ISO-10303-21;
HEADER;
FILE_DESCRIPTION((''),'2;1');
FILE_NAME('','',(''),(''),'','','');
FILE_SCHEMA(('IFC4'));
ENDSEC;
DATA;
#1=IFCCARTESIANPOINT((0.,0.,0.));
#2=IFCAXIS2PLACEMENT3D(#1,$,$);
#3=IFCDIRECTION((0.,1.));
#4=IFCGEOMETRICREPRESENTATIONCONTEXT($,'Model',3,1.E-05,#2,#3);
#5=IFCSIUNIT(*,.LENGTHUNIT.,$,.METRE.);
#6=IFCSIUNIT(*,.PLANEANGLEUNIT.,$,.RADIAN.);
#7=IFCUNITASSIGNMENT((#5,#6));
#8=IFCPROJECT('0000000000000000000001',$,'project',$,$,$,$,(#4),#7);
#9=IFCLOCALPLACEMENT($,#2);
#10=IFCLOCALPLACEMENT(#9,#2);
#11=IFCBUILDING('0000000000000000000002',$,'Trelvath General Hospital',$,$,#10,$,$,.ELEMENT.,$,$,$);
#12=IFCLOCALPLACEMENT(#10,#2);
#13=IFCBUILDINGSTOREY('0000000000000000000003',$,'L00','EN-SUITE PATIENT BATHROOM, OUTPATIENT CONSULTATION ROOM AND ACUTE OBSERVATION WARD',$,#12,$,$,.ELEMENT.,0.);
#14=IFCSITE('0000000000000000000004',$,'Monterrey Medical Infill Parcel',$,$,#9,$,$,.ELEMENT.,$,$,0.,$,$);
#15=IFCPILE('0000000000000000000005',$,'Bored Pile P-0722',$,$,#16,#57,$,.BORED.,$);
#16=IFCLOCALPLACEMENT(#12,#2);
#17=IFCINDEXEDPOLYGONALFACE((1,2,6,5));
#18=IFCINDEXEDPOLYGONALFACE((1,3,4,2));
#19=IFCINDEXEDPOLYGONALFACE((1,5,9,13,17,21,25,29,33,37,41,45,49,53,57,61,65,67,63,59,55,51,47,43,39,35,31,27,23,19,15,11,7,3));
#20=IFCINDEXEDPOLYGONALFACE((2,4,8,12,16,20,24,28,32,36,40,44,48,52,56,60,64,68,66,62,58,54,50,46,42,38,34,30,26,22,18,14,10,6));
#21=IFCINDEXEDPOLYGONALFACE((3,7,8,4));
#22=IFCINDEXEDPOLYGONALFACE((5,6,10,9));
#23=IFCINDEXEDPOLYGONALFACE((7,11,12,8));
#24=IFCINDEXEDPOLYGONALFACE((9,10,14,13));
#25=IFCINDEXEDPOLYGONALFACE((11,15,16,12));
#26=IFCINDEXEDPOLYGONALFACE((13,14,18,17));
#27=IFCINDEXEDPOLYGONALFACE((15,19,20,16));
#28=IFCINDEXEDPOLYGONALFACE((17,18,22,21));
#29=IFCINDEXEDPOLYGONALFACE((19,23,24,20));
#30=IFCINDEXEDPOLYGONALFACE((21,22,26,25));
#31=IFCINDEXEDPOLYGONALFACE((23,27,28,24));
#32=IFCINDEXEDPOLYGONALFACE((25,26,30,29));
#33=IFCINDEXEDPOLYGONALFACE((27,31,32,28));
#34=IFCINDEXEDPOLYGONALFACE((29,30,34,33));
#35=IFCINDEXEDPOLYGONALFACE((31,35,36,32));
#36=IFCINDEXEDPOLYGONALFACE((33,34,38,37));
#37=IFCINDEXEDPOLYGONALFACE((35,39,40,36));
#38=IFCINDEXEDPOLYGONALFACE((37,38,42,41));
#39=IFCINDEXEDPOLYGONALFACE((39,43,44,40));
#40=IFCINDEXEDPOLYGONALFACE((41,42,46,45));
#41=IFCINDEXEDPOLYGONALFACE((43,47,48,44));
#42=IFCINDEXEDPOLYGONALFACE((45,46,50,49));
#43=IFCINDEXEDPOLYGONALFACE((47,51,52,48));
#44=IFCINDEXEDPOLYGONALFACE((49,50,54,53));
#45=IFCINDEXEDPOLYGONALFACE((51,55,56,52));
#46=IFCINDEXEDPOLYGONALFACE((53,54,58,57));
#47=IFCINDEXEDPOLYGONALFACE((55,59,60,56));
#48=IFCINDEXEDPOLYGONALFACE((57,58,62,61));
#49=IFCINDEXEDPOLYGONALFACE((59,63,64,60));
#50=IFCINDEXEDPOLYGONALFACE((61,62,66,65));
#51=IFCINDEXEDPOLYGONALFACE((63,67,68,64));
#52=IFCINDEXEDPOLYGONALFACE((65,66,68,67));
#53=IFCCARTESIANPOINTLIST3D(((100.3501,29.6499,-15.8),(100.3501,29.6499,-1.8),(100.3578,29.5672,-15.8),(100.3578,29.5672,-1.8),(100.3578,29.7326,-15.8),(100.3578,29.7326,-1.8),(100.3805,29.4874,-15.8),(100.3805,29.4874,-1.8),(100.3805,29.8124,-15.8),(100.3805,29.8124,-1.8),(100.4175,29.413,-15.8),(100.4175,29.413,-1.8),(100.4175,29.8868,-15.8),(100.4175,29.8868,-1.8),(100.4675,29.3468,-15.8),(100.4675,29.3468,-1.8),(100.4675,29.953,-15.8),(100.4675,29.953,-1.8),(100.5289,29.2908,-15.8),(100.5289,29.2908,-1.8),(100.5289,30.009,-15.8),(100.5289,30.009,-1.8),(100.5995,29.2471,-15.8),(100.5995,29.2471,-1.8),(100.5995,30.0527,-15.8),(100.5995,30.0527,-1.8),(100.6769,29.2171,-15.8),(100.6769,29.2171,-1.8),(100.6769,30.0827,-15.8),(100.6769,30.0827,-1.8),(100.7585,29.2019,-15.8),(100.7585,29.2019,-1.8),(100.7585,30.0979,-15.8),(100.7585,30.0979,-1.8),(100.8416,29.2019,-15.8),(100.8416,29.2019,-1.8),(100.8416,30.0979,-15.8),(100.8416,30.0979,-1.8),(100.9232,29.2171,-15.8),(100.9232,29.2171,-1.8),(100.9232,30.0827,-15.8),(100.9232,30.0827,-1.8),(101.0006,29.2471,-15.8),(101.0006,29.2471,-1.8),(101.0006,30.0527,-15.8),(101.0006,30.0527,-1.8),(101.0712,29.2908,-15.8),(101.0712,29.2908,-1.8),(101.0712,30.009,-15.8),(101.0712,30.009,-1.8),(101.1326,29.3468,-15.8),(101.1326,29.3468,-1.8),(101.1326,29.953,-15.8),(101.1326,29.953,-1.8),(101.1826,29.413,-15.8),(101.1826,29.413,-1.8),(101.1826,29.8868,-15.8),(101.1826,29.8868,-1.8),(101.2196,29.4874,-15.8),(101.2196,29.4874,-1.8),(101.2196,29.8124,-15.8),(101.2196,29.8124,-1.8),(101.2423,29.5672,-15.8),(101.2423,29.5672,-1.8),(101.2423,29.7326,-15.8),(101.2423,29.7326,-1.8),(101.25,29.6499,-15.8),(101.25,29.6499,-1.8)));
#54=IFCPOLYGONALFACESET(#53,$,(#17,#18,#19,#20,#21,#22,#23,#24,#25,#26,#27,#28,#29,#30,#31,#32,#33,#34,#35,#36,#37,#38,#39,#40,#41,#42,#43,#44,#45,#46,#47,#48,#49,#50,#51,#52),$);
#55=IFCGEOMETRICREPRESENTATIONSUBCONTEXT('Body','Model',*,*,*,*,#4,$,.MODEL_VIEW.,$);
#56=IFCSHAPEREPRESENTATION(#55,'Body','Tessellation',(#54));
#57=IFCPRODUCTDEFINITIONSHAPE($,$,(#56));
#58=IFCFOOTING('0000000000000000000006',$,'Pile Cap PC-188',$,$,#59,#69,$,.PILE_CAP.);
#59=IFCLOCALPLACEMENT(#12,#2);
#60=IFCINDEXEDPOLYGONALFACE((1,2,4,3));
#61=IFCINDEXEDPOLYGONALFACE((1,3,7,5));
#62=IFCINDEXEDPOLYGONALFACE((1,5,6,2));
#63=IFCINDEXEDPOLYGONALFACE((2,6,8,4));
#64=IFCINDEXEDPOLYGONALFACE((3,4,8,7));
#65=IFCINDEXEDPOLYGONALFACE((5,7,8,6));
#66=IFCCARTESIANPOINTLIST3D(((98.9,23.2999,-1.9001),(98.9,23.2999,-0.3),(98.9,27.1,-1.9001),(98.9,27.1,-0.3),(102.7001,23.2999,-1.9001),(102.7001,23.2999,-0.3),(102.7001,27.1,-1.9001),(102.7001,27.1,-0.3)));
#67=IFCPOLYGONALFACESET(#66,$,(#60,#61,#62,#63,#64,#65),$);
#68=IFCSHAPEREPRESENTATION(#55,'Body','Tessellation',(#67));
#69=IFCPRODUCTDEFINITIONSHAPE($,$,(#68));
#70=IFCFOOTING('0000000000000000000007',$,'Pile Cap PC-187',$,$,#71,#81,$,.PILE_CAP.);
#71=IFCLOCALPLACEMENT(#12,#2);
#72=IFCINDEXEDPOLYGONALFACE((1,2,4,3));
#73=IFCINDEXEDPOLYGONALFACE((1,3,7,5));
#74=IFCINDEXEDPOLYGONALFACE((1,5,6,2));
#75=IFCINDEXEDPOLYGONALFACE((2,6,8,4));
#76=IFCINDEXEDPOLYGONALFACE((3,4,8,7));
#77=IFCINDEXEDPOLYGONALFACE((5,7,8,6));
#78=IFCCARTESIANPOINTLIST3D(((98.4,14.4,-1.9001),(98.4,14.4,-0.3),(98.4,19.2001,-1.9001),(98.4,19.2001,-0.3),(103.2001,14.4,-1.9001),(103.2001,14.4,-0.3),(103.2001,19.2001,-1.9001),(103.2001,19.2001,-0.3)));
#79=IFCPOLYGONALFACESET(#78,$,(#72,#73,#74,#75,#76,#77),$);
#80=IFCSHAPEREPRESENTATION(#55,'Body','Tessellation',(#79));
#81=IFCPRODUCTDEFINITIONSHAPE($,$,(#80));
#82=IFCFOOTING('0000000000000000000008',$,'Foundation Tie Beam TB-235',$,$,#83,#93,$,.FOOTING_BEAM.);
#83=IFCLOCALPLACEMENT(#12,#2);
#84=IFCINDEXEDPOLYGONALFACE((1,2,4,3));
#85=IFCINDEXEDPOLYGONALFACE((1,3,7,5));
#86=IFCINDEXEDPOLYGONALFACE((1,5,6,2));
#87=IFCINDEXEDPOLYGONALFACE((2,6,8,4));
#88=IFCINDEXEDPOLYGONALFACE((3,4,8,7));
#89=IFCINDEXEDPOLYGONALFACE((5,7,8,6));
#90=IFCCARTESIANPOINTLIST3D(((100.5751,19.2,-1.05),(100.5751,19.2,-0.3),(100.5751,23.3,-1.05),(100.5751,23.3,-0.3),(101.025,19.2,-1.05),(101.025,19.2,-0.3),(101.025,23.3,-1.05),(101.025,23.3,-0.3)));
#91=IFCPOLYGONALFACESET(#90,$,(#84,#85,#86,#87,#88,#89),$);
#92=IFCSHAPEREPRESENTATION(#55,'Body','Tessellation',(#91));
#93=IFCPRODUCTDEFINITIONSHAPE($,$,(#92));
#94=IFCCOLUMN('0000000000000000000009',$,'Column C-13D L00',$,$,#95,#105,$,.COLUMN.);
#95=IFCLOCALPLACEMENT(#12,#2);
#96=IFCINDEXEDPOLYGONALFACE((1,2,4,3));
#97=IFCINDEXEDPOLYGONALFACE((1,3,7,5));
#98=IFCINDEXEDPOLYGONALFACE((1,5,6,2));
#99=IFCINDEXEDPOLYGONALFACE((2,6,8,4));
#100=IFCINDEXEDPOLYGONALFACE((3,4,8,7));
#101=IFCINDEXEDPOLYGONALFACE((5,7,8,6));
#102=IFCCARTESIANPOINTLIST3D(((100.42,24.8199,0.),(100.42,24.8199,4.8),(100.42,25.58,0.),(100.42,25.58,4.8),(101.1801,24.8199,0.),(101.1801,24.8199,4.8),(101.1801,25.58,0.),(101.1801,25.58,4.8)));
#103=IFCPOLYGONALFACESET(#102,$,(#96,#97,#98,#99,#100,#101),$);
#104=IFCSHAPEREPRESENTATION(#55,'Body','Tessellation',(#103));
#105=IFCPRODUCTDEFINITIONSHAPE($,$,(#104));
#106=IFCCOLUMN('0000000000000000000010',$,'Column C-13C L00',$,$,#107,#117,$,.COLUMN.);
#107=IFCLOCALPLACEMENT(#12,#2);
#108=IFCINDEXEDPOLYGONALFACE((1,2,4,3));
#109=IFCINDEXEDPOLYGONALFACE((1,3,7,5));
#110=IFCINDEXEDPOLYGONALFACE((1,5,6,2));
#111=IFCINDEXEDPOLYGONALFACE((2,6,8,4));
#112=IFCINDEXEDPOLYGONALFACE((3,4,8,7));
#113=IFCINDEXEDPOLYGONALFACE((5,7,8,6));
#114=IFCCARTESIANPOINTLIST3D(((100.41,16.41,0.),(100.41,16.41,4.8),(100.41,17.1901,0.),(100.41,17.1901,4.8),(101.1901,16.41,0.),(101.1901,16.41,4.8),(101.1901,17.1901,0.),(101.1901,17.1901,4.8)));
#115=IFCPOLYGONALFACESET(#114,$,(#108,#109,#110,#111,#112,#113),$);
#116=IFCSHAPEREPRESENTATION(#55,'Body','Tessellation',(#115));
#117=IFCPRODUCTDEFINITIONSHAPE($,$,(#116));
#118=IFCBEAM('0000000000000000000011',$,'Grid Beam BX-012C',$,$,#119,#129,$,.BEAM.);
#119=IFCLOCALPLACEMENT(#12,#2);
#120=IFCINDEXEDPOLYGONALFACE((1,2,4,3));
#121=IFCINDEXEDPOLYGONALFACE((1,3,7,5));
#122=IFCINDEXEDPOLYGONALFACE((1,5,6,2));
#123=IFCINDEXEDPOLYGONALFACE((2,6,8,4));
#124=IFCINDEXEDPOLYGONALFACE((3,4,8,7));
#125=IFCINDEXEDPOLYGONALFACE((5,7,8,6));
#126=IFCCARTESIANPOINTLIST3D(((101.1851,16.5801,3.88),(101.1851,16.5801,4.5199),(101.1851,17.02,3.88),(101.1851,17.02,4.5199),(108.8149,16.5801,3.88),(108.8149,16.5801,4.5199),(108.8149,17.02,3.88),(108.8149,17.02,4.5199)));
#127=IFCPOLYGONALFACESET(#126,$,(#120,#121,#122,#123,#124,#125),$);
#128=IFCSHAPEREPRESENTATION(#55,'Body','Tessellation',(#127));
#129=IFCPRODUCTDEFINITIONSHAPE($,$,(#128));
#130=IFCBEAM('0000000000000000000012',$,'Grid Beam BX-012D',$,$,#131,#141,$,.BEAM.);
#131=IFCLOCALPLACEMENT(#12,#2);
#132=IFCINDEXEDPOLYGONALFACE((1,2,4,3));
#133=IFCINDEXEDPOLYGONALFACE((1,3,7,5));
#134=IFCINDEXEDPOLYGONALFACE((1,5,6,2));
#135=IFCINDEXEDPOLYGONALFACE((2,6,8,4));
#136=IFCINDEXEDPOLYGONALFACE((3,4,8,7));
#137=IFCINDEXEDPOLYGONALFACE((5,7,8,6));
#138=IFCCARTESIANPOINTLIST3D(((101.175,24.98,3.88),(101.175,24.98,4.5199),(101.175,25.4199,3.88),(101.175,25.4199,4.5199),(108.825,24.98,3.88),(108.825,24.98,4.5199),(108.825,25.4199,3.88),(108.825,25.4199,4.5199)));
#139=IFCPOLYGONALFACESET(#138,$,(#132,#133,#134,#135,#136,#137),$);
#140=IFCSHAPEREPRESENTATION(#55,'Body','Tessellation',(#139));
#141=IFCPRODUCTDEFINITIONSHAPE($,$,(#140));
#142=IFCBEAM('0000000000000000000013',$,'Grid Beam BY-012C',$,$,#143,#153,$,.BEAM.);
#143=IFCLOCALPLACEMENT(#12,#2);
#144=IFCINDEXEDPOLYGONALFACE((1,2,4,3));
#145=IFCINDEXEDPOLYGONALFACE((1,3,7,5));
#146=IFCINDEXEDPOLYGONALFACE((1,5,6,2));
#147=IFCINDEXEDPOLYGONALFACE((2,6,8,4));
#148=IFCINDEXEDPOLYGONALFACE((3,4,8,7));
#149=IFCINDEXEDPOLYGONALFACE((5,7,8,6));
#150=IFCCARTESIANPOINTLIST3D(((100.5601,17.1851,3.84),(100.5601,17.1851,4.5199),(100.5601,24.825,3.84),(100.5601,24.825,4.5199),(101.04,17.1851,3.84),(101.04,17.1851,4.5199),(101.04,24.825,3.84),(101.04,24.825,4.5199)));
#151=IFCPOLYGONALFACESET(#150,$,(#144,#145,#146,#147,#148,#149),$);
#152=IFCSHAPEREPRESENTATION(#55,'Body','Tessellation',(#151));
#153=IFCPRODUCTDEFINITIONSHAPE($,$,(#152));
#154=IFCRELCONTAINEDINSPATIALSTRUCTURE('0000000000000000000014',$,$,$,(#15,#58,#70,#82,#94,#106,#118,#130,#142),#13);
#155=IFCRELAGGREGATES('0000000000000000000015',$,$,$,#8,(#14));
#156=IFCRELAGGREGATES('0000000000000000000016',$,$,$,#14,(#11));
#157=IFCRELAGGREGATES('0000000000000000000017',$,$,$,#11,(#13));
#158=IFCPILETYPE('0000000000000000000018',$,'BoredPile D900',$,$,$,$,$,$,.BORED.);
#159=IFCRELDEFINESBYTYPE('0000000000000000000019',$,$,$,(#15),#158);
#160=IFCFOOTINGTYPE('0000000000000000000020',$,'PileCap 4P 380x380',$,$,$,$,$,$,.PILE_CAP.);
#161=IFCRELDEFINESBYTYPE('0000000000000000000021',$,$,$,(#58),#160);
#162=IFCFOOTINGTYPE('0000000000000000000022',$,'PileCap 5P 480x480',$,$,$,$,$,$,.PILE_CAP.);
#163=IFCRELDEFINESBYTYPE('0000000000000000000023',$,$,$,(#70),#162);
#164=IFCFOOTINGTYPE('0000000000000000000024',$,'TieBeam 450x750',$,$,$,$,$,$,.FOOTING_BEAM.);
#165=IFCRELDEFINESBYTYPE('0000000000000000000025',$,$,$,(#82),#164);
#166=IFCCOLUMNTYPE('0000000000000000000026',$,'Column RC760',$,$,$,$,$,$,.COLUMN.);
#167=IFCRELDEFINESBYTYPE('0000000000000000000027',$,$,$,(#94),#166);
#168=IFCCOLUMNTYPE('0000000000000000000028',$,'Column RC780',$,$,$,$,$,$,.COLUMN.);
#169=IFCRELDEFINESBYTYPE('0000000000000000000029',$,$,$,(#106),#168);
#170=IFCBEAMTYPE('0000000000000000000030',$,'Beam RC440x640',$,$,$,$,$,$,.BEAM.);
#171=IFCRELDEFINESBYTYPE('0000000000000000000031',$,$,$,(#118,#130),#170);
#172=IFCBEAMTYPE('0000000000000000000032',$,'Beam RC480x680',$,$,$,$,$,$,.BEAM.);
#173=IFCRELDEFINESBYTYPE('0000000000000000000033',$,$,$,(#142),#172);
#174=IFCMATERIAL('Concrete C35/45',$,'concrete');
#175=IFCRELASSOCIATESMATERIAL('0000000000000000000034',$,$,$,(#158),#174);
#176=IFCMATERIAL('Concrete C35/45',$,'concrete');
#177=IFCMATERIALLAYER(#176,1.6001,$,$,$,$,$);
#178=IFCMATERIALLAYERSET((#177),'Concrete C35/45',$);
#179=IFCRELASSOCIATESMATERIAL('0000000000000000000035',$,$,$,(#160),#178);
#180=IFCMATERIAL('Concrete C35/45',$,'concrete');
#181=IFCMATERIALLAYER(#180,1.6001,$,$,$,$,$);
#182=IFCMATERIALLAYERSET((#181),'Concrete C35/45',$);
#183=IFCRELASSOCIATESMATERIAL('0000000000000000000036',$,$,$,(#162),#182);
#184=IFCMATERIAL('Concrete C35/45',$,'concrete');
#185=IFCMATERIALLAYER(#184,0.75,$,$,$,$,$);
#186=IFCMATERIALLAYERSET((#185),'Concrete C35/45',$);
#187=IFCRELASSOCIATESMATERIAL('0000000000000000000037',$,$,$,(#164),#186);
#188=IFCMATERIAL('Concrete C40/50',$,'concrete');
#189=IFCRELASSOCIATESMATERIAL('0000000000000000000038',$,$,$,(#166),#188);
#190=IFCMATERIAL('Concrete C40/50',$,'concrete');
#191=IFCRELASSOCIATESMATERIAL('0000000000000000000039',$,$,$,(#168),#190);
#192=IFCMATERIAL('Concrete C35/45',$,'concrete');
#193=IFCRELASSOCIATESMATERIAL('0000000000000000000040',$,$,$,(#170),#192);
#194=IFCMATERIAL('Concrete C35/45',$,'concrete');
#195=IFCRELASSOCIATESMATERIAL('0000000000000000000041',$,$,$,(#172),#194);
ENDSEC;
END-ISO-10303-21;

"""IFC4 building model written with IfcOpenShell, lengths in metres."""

from ifc_helpers import new_model, si_unit, direction, frame, origin, origin_2d, place, context, subcontext, project, spatial, rectangle, circle, extrude, material, layer, layer_set, material_profile, profile_set, type_object, element, save


model = new_model("IFC4")

# Units and contexts
model_context = context("Model", 3, precision=1e-05, world=origin(), true_north=direction((0.0, 1.0)))
body_context = subcontext(model_context, "Body", "Model", "MODEL_VIEW")
ifc_project = project(units=[si_unit("LENGTHUNIT", "METRE"), si_unit("PLANEANGLEUNIT", "RADIAN")], contexts=[model_context])

# Site, building, storey
site_placement = place(None, origin())
site = spatial("IfcSite", under=ifc_project, at=site_placement, Name="Monterrey Medical Infill Parcel", CompositionType="ELEMENT", RefElevation=0.0)
building_placement = place(site_placement, origin())
building = spatial("IfcBuilding", under=site, at=building_placement, Name="Trelvath General Hospital", CompositionType="ELEMENT")
storey_placement = place(building_placement, origin())
storey = spatial("IfcBuildingStorey", under=building, at=storey_placement, Name="L00", Description="EN-SUITE PATIENT BATHROOM, OUTPATIENT CONSULTATION ROOM AND ACUTE OBSERVATION WARD", CompositionType="ELEMENT", Elevation=0.0)

# Pile
ifc_material_1 = material(Name="Concrete C35/45", Category="concrete")
ifc_material_profile_1 = material_profile(ifc_material_1, circle(Radius=0.45, at=origin_2d()), Name="PILE900")
ifc_profile_set_1 = profile_set([ifc_material_profile_1], Name="Concrete C35/45")
pile_type = type_object("IfcPileType", Name="BoredPile D900", PredefinedType="BORED", material=ifc_profile_set_1)
for number, where, z_axis, x_axis, name in (
    (1, (100.8, 29.6499, -1.8), (0.0, 0.0, -1.0), (1.0, 0.0, 0.0), "Bored Pile P-0722"),
):
    element("IfcPile", number, at=place(storey_placement, frame(where, z_axis=z_axis, x_axis=x_axis)), inside=storey, type_object=pile_type, Name=name, PredefinedType="BORED", context=body_context, shape_type="SweptSolid", body=[
        extrude(circle(Radius=0.45, at=origin_2d()), origin(), (0.0, 0.0, 1.0), 14.0),
    ])

# Footings
ifc_material_2 = material(Name="Concrete C35/45", Category="concrete")
ifc_layer_1 = layer(ifc_material_2, 1.6001)
ifc_layer_set_1 = layer_set([ifc_layer_1], Name="Concrete C35/45")
footing_type_1 = type_object("IfcFootingType", Name="PileCap 4P 380x380", PredefinedType="PILE_CAP", material=ifc_layer_set_1)
footing_1_placement = place(storey_placement, frame((100.8, 25.2, -1.9001), z_axis=(0.0, 0.0, 1.0), x_axis=(1.0, 0.0, 0.0)))
element("IfcFooting", 2, at=footing_1_placement, inside=storey, type_object=footing_type_1, Name="Pile Cap PC-188", PredefinedType="PILE_CAP", context=body_context, shape_type="SweptSolid", body=[
    extrude(rectangle(XDim=3.8, YDim=3.8, at=origin_2d()), origin(), (0.0, 0.0, 1.0), 1.6001),
])
ifc_material_3 = material(Name="Concrete C35/45", Category="concrete")
ifc_layer_2 = layer(ifc_material_3, 1.6001)
ifc_layer_set_2 = layer_set([ifc_layer_2], Name="Concrete C35/45")
footing_type_2 = type_object("IfcFootingType", Name="PileCap 5P 480x480", PredefinedType="PILE_CAP", material=ifc_layer_set_2)
footing_2_placement = place(storey_placement, frame((100.8, 16.8, -1.9001), z_axis=(0.0, 0.0, 1.0), x_axis=(1.0, 0.0, 0.0)))
element("IfcFooting", 3, at=footing_2_placement, inside=storey, type_object=footing_type_2, Name="Pile Cap PC-187", PredefinedType="PILE_CAP", context=body_context, shape_type="SweptSolid", body=[
    extrude(rectangle(XDim=4.8, YDim=4.8, at=origin_2d()), origin(), (0.0, 0.0, 1.0), 1.6001),
])
ifc_material_4 = material(Name="Concrete C35/45", Category="concrete")
ifc_layer_3 = layer(ifc_material_4, 0.75)
ifc_layer_set_3 = layer_set([ifc_layer_3], Name="Concrete C35/45")
footing_type_3 = type_object("IfcFootingType", Name="TieBeam 450x750", PredefinedType="FOOTING_BEAM", material=ifc_layer_set_3)
footing_3_placement = place(storey_placement, frame((100.8, 21.25, -1.05), z_axis=(0.0, 0.0, 1.0), x_axis=(1.0, 0.0, 0.0)))
element("IfcFooting", 4, at=footing_3_placement, inside=storey, type_object=footing_type_3, Name="Foundation Tie Beam TB-235", PredefinedType="FOOTING_BEAM", context=body_context, shape_type="SweptSolid", body=[
    extrude(rectangle(XDim=0.45, YDim=4.1001, at=origin_2d()), origin(), (0.0, 0.0, 1.0), 0.75),
])

# Columns
ifc_material_5 = material(Name="Concrete C40/50", Category="concrete")
ifc_material_profile_2 = material_profile(ifc_material_5, rectangle(XDim=0.76, YDim=0.76, at=origin_2d()), Name="RC760x760")
ifc_profile_set_2 = profile_set([ifc_material_profile_2], Name="Concrete C40/50")
column_type_1 = type_object("IfcColumnType", Name="Column RC760", PredefinedType="COLUMN", material=ifc_profile_set_2)
column_1_placement = place(storey_placement, frame((100.8, 25.2, 0.0), z_axis=(0.0, 0.0, 1.0), x_axis=(1.0, 0.0, 0.0)))
element("IfcColumn", 5, at=column_1_placement, inside=storey, type_object=column_type_1, Name="Column C-13D L00", PredefinedType="COLUMN", context=body_context, shape_type="SweptSolid", body=[
    extrude(rectangle(XDim=0.76, YDim=0.76, at=origin_2d()), origin(), (0.0, 0.0, 1.0), 4.8),
])
ifc_material_6 = material(Name="Concrete C40/50", Category="concrete")
ifc_material_profile_3 = material_profile(ifc_material_6, rectangle(XDim=0.78, YDim=0.78, at=origin_2d()), Name="RC780x780")
ifc_profile_set_3 = profile_set([ifc_material_profile_3], Name="Concrete C40/50")
column_type_2 = type_object("IfcColumnType", Name="Column RC780", PredefinedType="COLUMN", material=ifc_profile_set_3)
column_2_placement = place(storey_placement, frame((100.8, 16.8, 0.0), z_axis=(0.0, 0.0, 1.0), x_axis=(1.0, 0.0, 0.0)))
element("IfcColumn", 6, at=column_2_placement, inside=storey, type_object=column_type_2, Name="Column C-13C L00", PredefinedType="COLUMN", context=body_context, shape_type="SweptSolid", body=[
    extrude(rectangle(XDim=0.78, YDim=0.78, at=origin_2d()), origin(), (0.0, 0.0, 1.0), 4.8),
])

# Beams
ifc_material_7 = material(Name="Concrete C35/45", Category="concrete")
ifc_material_profile_4 = material_profile(ifc_material_7, rectangle(XDim=0.4399, YDim=0.6399, at=origin_2d()), Name="RCB440x640")
ifc_profile_set_4 = profile_set([ifc_material_profile_4], Name="Concrete C35/45")
beam_type_1 = type_object("IfcBeamType", Name="Beam RC440x640", PredefinedType="BEAM", material=ifc_profile_set_4)
beam_1_placement = place(storey_placement, frame((101.1851, 16.8, 4.2), z_axis=(1.0, 0.0, 0.0), x_axis=(0.0, 1.0, 0.0)))
element("IfcBeam", 7, at=beam_1_placement, inside=storey, type_object=beam_type_1, Name="Grid Beam BX-012C", PredefinedType="BEAM", context=body_context, shape_type="SweptSolid", body=[
    extrude(rectangle(XDim=0.4399, YDim=0.6399, at=origin_2d()), origin(), (0.0, 0.0, 1.0), 7.6299),
])
beam_2_placement = place(storey_placement, frame((101.175, 25.2, 4.2), z_axis=(1.0, 0.0, 0.0), x_axis=(0.0, 1.0, 0.0)))
element("IfcBeam", 8, at=beam_2_placement, inside=storey, type_object=beam_type_1, Name="Grid Beam BX-012D", PredefinedType="BEAM", context=body_context, shape_type="SweptSolid", body=[
    extrude(rectangle(XDim=0.4399, YDim=0.6399, at=origin_2d()), origin(), (0.0, 0.0, 1.0), 7.6499),
])
ifc_material_8 = material(Name="Concrete C35/45", Category="concrete")
ifc_material_profile_5 = material_profile(ifc_material_8, rectangle(XDim=0.48, YDim=0.6799, at=origin_2d()), Name="RCB480x680")
ifc_profile_set_5 = profile_set([ifc_material_profile_5], Name="Concrete C35/45")
beam_type_2 = type_object("IfcBeamType", Name="Beam RC480x680", PredefinedType="BEAM", material=ifc_profile_set_5)
beam_3_placement = place(storey_placement, frame((100.8, 17.1851, 4.1799), z_axis=(0.0, 1.0, 0.0), x_axis=(-1.0, 0.0, 0.0)))
element("IfcBeam", 9, at=beam_3_placement, inside=storey, type_object=beam_type_2, Name="Grid Beam BY-012C", PredefinedType="BEAM", context=body_context, shape_type="SweptSolid", body=[
    extrude(rectangle(XDim=0.48, YDim=0.6799, at=origin_2d()), origin(), (0.0, 0.0, 1.0), 7.6399),
])

save(model, "model.ifc")
